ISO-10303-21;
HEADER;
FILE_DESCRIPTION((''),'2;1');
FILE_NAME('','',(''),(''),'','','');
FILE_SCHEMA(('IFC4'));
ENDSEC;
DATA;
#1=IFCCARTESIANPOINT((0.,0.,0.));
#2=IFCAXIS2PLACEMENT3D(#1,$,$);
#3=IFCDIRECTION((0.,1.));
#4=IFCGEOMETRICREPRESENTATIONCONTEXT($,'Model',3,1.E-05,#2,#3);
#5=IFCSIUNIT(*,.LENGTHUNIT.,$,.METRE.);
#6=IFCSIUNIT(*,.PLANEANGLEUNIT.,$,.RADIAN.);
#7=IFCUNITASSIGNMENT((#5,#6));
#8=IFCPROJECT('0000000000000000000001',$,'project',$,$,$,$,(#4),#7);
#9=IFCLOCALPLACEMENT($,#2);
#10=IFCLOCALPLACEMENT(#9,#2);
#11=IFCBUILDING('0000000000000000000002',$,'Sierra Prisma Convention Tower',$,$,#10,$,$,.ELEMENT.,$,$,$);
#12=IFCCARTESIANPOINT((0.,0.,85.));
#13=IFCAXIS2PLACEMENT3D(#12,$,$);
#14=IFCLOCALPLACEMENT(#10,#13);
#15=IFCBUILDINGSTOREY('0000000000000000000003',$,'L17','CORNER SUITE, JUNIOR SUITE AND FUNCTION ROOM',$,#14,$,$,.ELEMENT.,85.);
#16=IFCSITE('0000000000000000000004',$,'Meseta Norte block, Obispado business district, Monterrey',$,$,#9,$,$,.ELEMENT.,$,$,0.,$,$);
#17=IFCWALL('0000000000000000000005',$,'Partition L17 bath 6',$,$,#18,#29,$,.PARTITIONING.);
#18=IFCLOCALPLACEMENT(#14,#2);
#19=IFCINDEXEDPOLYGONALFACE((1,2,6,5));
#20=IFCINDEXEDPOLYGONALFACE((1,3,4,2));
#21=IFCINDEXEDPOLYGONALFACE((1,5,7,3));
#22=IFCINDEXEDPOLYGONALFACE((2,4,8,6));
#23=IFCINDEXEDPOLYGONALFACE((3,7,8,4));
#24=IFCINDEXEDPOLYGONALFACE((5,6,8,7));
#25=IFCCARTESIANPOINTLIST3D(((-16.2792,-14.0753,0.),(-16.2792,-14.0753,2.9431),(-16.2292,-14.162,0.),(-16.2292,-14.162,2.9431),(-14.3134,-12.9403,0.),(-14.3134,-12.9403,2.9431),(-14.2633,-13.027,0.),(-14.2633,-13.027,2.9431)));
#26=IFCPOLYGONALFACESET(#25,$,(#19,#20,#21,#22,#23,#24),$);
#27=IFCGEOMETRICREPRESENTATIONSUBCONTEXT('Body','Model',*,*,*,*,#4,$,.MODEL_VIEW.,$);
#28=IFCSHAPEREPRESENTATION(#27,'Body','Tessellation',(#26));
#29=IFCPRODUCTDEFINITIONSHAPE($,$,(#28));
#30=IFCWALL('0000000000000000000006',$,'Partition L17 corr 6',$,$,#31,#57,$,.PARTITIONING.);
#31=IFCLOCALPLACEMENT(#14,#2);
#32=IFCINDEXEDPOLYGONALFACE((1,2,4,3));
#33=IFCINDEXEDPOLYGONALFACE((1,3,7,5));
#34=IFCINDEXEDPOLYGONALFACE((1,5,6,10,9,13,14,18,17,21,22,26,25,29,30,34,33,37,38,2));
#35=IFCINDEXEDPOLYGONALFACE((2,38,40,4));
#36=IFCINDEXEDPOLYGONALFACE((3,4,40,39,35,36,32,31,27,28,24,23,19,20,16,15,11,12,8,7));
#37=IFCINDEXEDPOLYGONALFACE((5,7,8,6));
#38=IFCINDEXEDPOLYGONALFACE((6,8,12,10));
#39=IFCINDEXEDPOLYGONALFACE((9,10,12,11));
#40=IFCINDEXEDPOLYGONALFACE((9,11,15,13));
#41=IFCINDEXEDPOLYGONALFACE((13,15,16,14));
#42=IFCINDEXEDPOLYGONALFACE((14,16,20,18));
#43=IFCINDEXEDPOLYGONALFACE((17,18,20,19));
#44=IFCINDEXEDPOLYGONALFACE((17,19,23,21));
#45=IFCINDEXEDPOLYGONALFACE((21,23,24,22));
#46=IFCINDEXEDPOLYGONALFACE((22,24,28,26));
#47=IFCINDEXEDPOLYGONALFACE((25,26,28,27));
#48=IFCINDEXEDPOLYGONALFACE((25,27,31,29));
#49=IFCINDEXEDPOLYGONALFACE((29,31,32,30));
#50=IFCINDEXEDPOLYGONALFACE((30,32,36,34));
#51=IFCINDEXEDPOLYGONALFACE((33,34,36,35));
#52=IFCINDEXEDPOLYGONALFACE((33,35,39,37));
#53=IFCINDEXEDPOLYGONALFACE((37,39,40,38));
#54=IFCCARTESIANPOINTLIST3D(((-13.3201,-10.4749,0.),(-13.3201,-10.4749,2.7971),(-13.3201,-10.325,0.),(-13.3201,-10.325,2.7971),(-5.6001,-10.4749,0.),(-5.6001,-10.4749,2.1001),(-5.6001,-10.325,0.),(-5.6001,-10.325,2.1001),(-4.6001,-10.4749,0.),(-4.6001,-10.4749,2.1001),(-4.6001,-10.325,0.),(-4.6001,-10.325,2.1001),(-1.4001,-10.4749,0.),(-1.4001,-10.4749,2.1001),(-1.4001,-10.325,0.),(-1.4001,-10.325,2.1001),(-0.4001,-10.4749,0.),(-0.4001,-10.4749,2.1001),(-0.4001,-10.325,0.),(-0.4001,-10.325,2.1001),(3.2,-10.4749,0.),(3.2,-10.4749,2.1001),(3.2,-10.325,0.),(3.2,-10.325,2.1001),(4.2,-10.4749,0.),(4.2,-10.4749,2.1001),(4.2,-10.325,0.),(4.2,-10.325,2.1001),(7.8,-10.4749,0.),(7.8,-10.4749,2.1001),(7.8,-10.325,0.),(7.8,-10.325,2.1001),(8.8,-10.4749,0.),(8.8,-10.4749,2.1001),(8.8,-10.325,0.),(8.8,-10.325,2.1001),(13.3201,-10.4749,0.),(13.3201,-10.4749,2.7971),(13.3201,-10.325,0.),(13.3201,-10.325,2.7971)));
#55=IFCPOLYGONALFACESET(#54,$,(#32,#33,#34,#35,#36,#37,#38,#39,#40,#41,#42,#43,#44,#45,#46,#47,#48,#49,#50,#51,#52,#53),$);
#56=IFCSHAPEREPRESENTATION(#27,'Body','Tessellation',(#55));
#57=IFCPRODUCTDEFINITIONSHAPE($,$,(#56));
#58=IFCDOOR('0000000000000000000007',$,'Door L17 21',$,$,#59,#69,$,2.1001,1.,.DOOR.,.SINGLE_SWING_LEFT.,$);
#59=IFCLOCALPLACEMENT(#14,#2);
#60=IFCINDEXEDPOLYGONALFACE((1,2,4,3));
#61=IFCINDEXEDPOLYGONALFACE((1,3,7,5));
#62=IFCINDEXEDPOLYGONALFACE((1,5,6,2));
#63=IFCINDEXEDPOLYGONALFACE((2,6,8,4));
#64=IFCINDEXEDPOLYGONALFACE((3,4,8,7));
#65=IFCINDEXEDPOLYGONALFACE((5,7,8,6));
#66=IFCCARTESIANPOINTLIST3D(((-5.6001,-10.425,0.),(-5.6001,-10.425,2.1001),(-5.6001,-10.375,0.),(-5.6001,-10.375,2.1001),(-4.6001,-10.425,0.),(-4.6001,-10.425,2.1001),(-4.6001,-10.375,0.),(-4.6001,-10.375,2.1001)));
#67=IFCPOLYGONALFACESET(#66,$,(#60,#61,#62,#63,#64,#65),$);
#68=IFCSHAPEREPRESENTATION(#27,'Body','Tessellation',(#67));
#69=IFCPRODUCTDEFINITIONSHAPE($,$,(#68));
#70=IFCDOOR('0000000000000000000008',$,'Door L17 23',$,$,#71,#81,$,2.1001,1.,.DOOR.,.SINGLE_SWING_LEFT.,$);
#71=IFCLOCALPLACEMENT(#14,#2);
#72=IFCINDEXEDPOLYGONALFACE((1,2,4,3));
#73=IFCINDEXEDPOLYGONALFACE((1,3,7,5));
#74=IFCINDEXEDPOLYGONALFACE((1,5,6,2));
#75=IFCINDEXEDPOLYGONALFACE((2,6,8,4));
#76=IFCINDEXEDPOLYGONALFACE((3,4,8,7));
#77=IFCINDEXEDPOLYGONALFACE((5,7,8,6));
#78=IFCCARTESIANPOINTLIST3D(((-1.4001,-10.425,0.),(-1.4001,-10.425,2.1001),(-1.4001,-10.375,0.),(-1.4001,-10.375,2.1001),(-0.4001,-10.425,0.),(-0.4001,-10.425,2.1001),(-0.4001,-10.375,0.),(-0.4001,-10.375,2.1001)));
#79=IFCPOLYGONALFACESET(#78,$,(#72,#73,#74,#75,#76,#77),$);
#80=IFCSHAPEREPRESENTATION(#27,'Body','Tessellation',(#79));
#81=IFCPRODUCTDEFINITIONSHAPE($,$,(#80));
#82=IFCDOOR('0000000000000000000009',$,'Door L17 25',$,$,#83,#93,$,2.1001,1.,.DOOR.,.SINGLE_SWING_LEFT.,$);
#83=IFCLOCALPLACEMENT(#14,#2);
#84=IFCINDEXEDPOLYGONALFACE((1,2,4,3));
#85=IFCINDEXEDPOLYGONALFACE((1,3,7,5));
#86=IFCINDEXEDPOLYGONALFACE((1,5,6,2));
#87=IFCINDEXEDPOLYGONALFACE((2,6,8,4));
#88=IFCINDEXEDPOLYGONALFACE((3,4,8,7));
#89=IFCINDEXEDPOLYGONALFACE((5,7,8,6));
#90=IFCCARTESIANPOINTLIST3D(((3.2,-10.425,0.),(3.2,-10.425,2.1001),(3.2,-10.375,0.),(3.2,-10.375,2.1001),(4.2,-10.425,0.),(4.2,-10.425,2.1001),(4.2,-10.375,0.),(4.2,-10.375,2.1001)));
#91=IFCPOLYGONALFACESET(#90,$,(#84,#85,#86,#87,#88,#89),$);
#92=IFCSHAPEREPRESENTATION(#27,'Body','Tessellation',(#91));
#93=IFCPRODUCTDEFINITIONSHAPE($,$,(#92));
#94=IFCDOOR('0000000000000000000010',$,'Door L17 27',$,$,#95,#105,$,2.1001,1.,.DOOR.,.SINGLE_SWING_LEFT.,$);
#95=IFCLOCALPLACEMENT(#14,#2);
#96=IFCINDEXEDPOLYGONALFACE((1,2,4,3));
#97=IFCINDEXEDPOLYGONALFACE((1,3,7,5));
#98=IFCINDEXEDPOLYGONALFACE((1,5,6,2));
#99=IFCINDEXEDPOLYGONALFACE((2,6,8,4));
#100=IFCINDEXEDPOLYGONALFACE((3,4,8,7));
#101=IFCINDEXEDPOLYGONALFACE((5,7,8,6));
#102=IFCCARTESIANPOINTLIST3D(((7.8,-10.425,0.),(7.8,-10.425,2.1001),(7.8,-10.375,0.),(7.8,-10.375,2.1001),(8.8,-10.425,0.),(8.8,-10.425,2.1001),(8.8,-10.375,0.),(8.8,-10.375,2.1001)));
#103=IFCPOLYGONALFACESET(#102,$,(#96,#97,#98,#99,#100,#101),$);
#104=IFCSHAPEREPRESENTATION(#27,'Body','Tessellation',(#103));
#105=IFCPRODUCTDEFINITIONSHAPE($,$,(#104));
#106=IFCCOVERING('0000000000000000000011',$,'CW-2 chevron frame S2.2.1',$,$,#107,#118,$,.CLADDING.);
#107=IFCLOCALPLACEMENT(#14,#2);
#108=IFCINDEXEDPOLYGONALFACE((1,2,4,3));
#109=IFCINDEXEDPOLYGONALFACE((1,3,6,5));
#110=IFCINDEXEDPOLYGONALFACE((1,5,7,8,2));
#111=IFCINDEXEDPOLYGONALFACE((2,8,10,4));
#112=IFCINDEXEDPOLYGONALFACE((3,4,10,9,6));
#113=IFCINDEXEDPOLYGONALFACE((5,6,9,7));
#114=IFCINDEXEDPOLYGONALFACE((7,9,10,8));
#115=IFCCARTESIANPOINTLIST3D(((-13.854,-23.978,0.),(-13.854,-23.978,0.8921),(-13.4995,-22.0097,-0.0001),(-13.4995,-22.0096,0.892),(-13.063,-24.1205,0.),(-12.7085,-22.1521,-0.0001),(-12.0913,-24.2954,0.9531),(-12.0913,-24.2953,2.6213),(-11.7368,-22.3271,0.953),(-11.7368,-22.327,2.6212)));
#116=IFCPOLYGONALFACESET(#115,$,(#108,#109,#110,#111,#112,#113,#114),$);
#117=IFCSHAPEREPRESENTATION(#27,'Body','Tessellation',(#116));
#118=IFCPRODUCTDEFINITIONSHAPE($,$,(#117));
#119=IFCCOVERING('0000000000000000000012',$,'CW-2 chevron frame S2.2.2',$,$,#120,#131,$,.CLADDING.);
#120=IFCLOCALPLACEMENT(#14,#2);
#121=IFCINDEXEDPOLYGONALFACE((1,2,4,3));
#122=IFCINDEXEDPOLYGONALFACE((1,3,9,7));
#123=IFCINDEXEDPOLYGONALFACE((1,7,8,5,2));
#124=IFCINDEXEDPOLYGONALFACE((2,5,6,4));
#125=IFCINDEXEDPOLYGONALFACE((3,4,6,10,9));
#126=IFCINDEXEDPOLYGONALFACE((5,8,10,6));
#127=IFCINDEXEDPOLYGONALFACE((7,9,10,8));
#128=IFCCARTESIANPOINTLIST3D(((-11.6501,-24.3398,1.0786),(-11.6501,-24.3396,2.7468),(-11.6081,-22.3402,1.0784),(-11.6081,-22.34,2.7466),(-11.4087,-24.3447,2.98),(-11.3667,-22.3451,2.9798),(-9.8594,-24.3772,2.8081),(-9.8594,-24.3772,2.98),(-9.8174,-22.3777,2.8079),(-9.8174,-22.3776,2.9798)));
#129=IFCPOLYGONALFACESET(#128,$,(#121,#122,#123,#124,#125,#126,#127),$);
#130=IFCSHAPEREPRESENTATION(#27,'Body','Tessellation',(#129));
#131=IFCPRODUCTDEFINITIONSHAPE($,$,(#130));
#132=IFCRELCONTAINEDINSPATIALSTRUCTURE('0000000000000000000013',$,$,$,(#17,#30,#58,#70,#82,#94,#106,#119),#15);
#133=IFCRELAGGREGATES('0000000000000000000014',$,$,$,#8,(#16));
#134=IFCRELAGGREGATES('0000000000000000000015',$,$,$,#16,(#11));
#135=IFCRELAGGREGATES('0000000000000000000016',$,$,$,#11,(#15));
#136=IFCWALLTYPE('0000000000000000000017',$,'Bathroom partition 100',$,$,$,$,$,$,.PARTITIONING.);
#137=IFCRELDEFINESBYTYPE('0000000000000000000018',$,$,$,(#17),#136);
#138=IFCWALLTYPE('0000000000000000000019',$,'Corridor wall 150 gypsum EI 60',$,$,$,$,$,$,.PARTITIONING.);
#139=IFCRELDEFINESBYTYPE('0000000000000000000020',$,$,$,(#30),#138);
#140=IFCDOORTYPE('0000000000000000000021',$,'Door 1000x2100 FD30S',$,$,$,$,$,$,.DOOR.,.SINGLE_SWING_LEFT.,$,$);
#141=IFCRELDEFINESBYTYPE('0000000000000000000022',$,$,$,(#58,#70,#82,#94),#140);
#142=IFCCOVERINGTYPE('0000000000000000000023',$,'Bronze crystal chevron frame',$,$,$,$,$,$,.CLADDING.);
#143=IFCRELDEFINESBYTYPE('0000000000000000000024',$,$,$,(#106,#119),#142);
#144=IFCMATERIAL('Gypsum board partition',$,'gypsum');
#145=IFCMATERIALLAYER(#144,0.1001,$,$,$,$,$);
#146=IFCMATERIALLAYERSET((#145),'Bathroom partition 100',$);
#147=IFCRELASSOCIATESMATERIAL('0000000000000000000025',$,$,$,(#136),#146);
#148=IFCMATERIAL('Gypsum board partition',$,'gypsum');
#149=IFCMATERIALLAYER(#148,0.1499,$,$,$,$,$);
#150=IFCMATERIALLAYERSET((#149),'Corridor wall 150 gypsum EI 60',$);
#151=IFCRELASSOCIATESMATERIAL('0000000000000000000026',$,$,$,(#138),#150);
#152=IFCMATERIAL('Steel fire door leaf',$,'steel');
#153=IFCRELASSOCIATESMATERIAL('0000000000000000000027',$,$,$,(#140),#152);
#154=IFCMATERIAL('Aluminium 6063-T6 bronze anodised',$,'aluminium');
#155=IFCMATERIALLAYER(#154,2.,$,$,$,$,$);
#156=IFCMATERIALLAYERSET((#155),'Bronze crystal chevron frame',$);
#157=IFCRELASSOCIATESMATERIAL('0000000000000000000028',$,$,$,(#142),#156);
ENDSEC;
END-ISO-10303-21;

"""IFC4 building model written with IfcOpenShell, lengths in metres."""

from ifc_helpers import new_model, si_unit, direction, frame, frame_2d, origin, place, context, subcontext, project, spatial, polyline, rectangle, outline, extrude, material, layer, layer_set, type_object, element, fill, save


model = new_model("IFC4")

# Units and contexts
model_context = context("Model", 3, precision=1e-05, world=origin(), true_north=direction((0.0, 1.0)))
body_context = subcontext(model_context, "Body", "Model", "MODEL_VIEW")
ifc_project = project(units=[si_unit("LENGTHUNIT", "METRE"), si_unit("PLANEANGLEUNIT", "RADIAN")], contexts=[model_context])

# Site, building, storey
site_placement = place(None, origin())
site = spatial("IfcSite", under=ifc_project, at=site_placement, Name="Meseta Norte block, Obispado business district, Monterrey", CompositionType="ELEMENT", RefElevation=0.0)
building_placement = place(site_placement, origin())
building = spatial("IfcBuilding", under=site, at=building_placement, Name="Sierra Prisma Convention Tower", CompositionType="ELEMENT")
storey_placement = place(building_placement, frame((0.0, 0.0, 85.0)))
storey = spatial("IfcBuildingStorey", under=building, at=storey_placement, Name="L17", Description="CORNER SUITE, JUNIOR SUITE AND FUNCTION ROOM", CompositionType="ELEMENT", Elevation=85.0)

# Wall
ifc_material_1 = material(Name="Gypsum board partition", Category="gypsum")
ifc_layer_1 = layer(ifc_material_1, 0.1001)
ifc_layer_set_1 = layer_set([ifc_layer_1], Name="Bathroom partition 100")
wall_type_1 = type_object("IfcWallType", Name="Bathroom partition 100", PredefinedType="PARTITIONING", material=ifc_layer_set_1)
wall_1_placement = place(storey_placement, frame((-14.2883, -12.9836, 0.0), z_axis=(0.0, 0.0, 1.0), x_axis=(-0.866017, -0.500014, 0.0)))
element("IfcWall", 1, at=wall_1_placement, inside=storey, type_object=wall_type_1, Name="Partition L17 bath 6", PredefinedType="PARTITIONING", context=body_context, shape_type="SweptSolid", body=[
    extrude(rectangle(XDim=2.27, YDim=0.1001, at=frame_2d((1.135, 0.0))), origin(), (0.0, 0.0, 1.0), 2.9431),
])

# Wall, openings, doors
ifc_material_2 = material(Name="Gypsum board partition", Category="gypsum")
ifc_layer_2 = layer(ifc_material_2, 0.1499)
ifc_layer_set_2 = layer_set([ifc_layer_2], Name="Corridor wall 150 gypsum EI 60")
wall_type_2 = type_object("IfcWallType", Name="Corridor wall 150 gypsum EI 60", PredefinedType="PARTITIONING", material=ifc_layer_set_2)
wall_2_placement = place(storey_placement, frame((-13.3201, -10.3999, 0.0), z_axis=(0.0, 0.0, 1.0), x_axis=(1.0, 0.0, 0.0)))
wall_2 = element("IfcWall", 2, at=wall_2_placement, inside=storey, type_object=wall_type_2, Name="Partition L17 corr 6", PredefinedType="PARTITIONING", context=body_context, shape_type="SweptSolid", body=[
    extrude(rectangle(XDim=26.6401, YDim=0.1499, at=frame_2d((13.3201, 0.0))), origin(), (0.0, 0.0, 1.0), 2.7971),
])
opening_1_placement = place(wall_2_placement, frame((7.72, 0.0, 0.0)))
opening_1 = element("IfcOpeningElement", 3, at=opening_1_placement, cuts=wall_2, PredefinedType="OPENING", context=body_context, shape_type="SweptSolid", body=[
    extrude(rectangle(XDim=1.0, YDim=2.1001, at=frame_2d((0.5, 1.05))), frame((0.0, 0.075, 0.0), z_axis=(0.0, -1.0, 0.0), x_axis=(1.0, 0.0, 0.0)), (0.0, 0.0, 1.0), 0.1499),
])
opening_2_placement = place(wall_2_placement, frame((11.9199, 0.0, 0.0)))
opening_2 = element("IfcOpeningElement", 4, at=opening_2_placement, cuts=wall_2, PredefinedType="OPENING", context=body_context, shape_type="SweptSolid", body=[
    extrude(rectangle(XDim=1.0, YDim=2.1001, at=frame_2d((0.5, 1.05))), frame((0.0, 0.075, 0.0), z_axis=(0.0, -1.0, 0.0), x_axis=(1.0, 0.0, 0.0)), (0.0, 0.0, 1.0), 0.1499),
])
opening_3_placement = place(wall_2_placement, frame((16.52, 0.0, 0.0)))
opening_3 = element("IfcOpeningElement", 5, at=opening_3_placement, cuts=wall_2, PredefinedType="OPENING", context=body_context, shape_type="SweptSolid", body=[
    extrude(rectangle(XDim=1.0, YDim=2.1001, at=frame_2d((0.5, 1.05))), frame((0.0, 0.075, 0.0), z_axis=(0.0, -1.0, 0.0), x_axis=(1.0, 0.0, 0.0)), (0.0, 0.0, 1.0), 0.1499),
])
opening_4_placement = place(wall_2_placement, frame((21.1201, 0.0, 0.0)))
opening_4 = element("IfcOpeningElement", 6, at=opening_4_placement, cuts=wall_2, PredefinedType="OPENING", context=body_context, shape_type="SweptSolid", body=[
    extrude(rectangle(XDim=1.0, YDim=2.1001, at=frame_2d((0.5, 1.05))), frame((0.0, 0.075, 0.0), z_axis=(0.0, -1.0, 0.0), x_axis=(1.0, 0.0, 0.0)), (0.0, 0.0, 1.0), 0.1499),
])
ifc_material_3 = material(Name="Steel fire door leaf", Category="steel")
door_type = type_object("IfcDoorType", Name="Door 1000x2100 FD30S", OperationType="SINGLE_SWING_LEFT", PredefinedType="DOOR", material=ifc_material_3)
door_1_placement = place(opening_1_placement, origin())
door_1 = element("IfcDoor", 7, at=door_1_placement, inside=storey, type_object=door_type, Name="Door L17 21", OperationType="SINGLE_SWING_LEFT", OverallHeight=2.1001, OverallWidth=1.0, PredefinedType="DOOR", context=body_context, shape_type="SweptSolid", body=[
    extrude(rectangle(XDim=1.0, YDim=2.1001, at=frame_2d((0.5, 1.05))), frame((0.0, 0.0249, 0.0), z_axis=(0.0, -1.0, 0.0), x_axis=(1.0, 0.0, 0.0)), (0.0, 0.0, 1.0), 0.05),
])
fill(opening_1, door_1)
door_2_placement = place(opening_2_placement, origin())
door_2 = element("IfcDoor", 8, at=door_2_placement, inside=storey, type_object=door_type, Name="Door L17 23", OperationType="SINGLE_SWING_LEFT", OverallHeight=2.1001, OverallWidth=1.0, PredefinedType="DOOR", context=body_context, shape_type="SweptSolid", body=[
    extrude(rectangle(XDim=1.0, YDim=2.1001, at=frame_2d((0.5, 1.05))), frame((0.0, 0.0249, 0.0), z_axis=(0.0, -1.0, 0.0), x_axis=(1.0, 0.0, 0.0)), (0.0, 0.0, 1.0), 0.05),
])
fill(opening_2, door_2)
door_3_placement = place(opening_3_placement, origin())
door_3 = element("IfcDoor", 9, at=door_3_placement, inside=storey, type_object=door_type, Name="Door L17 25", OperationType="SINGLE_SWING_LEFT", OverallHeight=2.1001, OverallWidth=1.0, PredefinedType="DOOR", context=body_context, shape_type="SweptSolid", body=[
    extrude(rectangle(XDim=1.0, YDim=2.1001, at=frame_2d((0.5, 1.05))), frame((0.0, 0.0249, 0.0), z_axis=(0.0, -1.0, 0.0), x_axis=(1.0, 0.0, 0.0)), (0.0, 0.0, 1.0), 0.05),
])
fill(opening_3, door_3)
door_4_placement = place(opening_4_placement, origin())
door_4 = element("IfcDoor", 10, at=door_4_placement, inside=storey, type_object=door_type, Name="Door L17 27", OperationType="SINGLE_SWING_LEFT", OverallHeight=2.1001, OverallWidth=1.0, PredefinedType="DOOR", context=body_context, shape_type="SweptSolid", body=[
    extrude(rectangle(XDim=1.0, YDim=2.1001, at=frame_2d((0.5, 1.05))), frame((0.0, 0.0249, 0.0), z_axis=(0.0, -1.0, 0.0), x_axis=(1.0, 0.0, 0.0)), (0.0, 0.0, 1.0), 0.05),
])
fill(opening_4, door_4)

# Coverings
ifc_material_4 = material(Name="Aluminium 6063-T6 bronze anodised", Category="aluminium")
ifc_layer_3 = layer(ifc_material_4, 2.0)
ifc_layer_set_3 = layer_set([ifc_layer_3], Name="Bronze crystal chevron frame")
covering_type = type_object("IfcCoveringType", Name="Bronze crystal chevron frame", PredefinedType="CLADDING", material=ifc_layer_set_3)
covering_1_placement = place(storey_placement, frame((-13.854, -23.978, 0.0), z_axis=(-0.177232, -0.984169, 0.00005), x_axis=(0.984169, -0.177232, 0.0)))
element("IfcCovering", 11, at=covering_1_placement, inside=storey, type_object=covering_type, Name="CW-2 chevron frame S2.2.1", PredefinedType="CLADDING", context=body_context, shape_type="SweptSolid", body=[
    extrude(outline(polyline([(0.0, 0.0), (0.8038, 0.0), (1.791, 0.9531), (1.791, 2.6213), (0.0, 0.8921), (0.0, 0.0)])), origin(), (0.0, 0.0, -1.0), 2.0),
])
covering_2_placement = place(storey_placement, frame((-9.8594, -24.3772, 2.98), z_axis=(-0.021002, -0.999779, 0.000091), x_axis=(-0.999779, 0.021002, 0.0)))
element("IfcCovering", 12, at=covering_2_placement, inside=storey, type_object=covering_type, Name="CW-2 chevron frame S2.2.2", PredefinedType="CLADDING", context=body_context, shape_type="SweptSolid", body=[
    extrude(outline(polyline([(0.0, 0.0), (1.5497, 0.0), (1.7912, 0.2332), (1.7912, 1.9014), (0.0, 0.1719), (0.0, 0.0)])), origin(), (0.0, 0.0, -1.0), 2.0),
])

save(model, "model.ifc")
